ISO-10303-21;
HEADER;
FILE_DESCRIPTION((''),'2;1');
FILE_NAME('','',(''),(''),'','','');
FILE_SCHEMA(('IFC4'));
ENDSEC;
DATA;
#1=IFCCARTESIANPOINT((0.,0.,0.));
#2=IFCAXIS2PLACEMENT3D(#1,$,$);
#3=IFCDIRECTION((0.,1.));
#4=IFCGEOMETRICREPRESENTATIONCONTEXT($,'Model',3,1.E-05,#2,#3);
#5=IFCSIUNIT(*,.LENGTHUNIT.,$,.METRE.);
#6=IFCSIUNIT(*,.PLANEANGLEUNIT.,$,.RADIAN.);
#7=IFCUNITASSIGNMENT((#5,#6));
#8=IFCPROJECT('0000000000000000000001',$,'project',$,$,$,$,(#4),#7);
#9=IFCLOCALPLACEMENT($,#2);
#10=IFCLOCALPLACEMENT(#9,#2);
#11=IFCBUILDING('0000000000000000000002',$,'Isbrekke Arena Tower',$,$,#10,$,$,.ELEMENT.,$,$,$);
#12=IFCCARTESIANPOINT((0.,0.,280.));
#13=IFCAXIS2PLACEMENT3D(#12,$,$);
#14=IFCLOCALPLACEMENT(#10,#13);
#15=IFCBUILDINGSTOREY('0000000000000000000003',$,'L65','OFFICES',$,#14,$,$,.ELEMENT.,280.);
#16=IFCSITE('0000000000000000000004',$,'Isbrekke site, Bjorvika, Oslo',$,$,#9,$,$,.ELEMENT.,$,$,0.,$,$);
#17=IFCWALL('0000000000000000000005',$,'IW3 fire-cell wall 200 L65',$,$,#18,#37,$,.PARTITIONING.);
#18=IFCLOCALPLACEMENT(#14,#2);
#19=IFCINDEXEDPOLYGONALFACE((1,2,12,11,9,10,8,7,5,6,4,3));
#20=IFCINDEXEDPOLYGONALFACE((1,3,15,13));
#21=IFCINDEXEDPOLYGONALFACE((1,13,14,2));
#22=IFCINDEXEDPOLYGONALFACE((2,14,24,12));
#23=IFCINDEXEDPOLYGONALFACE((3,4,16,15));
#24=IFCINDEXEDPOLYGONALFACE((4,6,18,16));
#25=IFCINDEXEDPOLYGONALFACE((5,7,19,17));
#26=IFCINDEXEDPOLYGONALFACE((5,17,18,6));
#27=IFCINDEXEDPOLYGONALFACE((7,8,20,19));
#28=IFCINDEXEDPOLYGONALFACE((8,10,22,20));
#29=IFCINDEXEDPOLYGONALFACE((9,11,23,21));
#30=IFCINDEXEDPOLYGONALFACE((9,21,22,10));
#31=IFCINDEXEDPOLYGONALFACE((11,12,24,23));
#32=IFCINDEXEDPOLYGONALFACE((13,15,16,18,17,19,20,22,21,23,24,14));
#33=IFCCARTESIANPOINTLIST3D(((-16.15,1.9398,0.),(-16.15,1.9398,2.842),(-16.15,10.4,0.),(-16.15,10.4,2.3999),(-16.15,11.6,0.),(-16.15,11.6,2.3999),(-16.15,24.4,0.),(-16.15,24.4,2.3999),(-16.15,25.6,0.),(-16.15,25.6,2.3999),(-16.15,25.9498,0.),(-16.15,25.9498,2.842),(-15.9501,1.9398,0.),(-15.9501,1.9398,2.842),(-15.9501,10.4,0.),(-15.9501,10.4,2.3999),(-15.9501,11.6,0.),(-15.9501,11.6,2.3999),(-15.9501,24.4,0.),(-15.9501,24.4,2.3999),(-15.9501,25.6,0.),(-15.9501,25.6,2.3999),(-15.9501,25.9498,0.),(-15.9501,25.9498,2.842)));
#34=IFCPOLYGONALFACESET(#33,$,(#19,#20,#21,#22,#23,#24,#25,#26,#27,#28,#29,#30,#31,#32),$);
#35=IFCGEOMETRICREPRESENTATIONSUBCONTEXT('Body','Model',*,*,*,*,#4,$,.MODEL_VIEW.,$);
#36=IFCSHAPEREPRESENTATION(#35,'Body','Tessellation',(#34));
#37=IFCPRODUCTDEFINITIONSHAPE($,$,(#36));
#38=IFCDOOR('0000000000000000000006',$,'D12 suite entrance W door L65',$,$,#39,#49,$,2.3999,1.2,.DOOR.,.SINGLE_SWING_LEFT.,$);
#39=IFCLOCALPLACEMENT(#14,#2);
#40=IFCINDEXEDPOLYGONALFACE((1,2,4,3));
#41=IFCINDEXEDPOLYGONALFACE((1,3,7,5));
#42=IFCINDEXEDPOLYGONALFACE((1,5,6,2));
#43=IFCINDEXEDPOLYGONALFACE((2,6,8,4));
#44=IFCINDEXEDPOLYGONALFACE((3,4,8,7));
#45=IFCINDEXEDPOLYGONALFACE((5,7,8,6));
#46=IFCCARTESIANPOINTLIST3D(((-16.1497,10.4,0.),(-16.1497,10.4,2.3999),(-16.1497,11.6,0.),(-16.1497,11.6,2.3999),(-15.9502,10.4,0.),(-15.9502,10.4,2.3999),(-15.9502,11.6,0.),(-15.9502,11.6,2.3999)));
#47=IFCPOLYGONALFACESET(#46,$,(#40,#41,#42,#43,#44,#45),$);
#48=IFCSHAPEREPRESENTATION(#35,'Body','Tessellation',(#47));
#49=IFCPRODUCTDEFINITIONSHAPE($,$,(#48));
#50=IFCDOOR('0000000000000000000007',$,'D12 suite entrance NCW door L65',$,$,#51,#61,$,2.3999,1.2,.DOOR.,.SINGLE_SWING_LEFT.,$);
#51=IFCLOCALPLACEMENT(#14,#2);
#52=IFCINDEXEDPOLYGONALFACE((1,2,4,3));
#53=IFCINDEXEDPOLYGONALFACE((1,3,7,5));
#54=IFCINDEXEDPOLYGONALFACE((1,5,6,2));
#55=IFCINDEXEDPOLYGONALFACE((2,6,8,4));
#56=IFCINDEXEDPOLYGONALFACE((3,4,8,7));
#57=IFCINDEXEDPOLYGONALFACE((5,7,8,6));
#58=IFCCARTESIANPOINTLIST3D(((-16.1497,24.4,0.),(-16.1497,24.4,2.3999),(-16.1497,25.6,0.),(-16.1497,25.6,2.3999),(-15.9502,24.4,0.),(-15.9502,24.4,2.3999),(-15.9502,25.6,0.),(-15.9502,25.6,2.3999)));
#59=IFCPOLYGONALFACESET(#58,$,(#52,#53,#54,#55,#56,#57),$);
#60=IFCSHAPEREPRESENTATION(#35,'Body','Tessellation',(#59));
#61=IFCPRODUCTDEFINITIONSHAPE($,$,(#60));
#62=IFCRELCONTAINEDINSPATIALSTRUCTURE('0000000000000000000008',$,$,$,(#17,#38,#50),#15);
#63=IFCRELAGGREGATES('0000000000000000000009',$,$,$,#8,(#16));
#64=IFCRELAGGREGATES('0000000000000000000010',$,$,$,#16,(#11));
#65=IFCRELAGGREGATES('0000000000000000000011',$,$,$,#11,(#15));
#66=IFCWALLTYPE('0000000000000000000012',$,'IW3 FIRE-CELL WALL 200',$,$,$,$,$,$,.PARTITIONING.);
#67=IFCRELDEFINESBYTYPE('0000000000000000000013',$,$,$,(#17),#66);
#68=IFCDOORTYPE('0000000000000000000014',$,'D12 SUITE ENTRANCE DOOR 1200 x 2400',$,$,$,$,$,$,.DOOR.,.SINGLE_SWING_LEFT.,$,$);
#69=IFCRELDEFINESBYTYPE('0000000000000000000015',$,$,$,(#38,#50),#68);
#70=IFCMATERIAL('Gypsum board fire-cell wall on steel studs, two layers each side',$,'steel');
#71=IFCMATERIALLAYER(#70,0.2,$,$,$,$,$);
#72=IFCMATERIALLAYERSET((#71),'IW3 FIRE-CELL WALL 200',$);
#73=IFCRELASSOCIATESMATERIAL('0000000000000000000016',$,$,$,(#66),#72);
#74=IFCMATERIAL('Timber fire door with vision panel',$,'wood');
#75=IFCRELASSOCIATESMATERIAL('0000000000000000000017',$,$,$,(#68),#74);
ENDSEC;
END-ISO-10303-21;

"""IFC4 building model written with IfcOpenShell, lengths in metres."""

from ifc_helpers import new_model, si_unit, direction, frame, frame_2d, origin, place, context, subcontext, project, spatial, rectangle, extrude, material, layer, layer_set, type_object, element, fill, save


model = new_model("IFC4")

# Units and contexts
model_context = context("Model", 3, precision=1e-05, world=origin(), true_north=direction((0.0, 1.0)))
body_context = subcontext(model_context, "Body", "Model", "MODEL_VIEW")
ifc_project = project(units=[si_unit("LENGTHUNIT", "METRE"), si_unit("PLANEANGLEUNIT", "RADIAN")], contexts=[model_context])

# Site, building, storey
site_placement = place(None, origin())
site = spatial("IfcSite", under=ifc_project, at=site_placement, Name="Isbrekke site, Bjorvika, Oslo", CompositionType="ELEMENT", RefElevation=0.0)
building_placement = place(site_placement, origin())
building = spatial("IfcBuilding", under=site, at=building_placement, Name="Isbrekke Arena Tower", CompositionType="ELEMENT")
storey_placement = place(building_placement, frame((0.0, 0.0, 280.0)))
storey = spatial("IfcBuildingStorey", under=building, at=storey_placement, Name="L65", Description="OFFICES", CompositionType="ELEMENT", Elevation=280.0)

# Shared definitions
ifc_material_1 = material(Name="Gypsum board fire-cell wall on steel studs, two layers each side", Category="steel")
ifc_layer_1 = layer(ifc_material_1, 0.2)
ifc_layer_set_1 = layer_set([ifc_layer_1], Name="IW3 FIRE-CELL WALL 200")
wall_type_1 = type_object("IfcWallType", Name="IW3 FIRE-CELL WALL 200", PredefinedType="PARTITIONING", material=ifc_layer_set_1)

# Wall, openings, doors
wall_1_placement = place(storey_placement, frame((-16.05, 1.9399, 0.0), z_axis=(0.0, 0.0, 1.0), x_axis=(0.0, 1.0, 0.0)))
wall_1 = element("IfcWall", 1, at=wall_1_placement, inside=storey, type_object=wall_type_1, Name="IW3 fire-cell wall 200 L65", PredefinedType="PARTITIONING", context=body_context, shape_type="SweptSolid", body=[
    extrude(rectangle(XDim=24.01, YDim=0.2, at=frame_2d((12.0049, 0.0))), origin(), (0.0, 0.0, 1.0), 2.842),
])
opening_1_placement = place(wall_1_placement, frame((8.46, 0.0, 0.0)))
opening_1 = element("IfcOpeningElement", 2, at=opening_1_placement, cuts=wall_1, PredefinedType="OPENING", context=body_context, shape_type="SweptSolid", body=[
    extrude(rectangle(XDim=1.2, YDim=2.3999, at=frame_2d((0.6001, 1.2))), frame((0.0, 0.1147, 0.0), z_axis=(0.0, -1.0, 0.0), x_axis=(1.0, 0.0, 0.0)), (0.0, 0.0, 1.0), 0.2297),
])
opening_2_placement = place(wall_1_placement, frame((22.46, 0.0, 0.0)))
opening_2 = element("IfcOpeningElement", 3, at=opening_2_placement, cuts=wall_1, PredefinedType="OPENING", context=body_context, shape_type="SweptSolid", body=[
    extrude(rectangle(XDim=1.2, YDim=2.3999, at=frame_2d((0.6001, 1.2))), frame((0.0, 0.1147, 0.0), z_axis=(0.0, -1.0, 0.0), x_axis=(1.0, 0.0, 0.0)), (0.0, 0.0, 1.0), 0.2297),
])
ifc_material_2 = material(Name="Timber fire door with vision panel", Category="wood")
door_type_1 = type_object("IfcDoorType", Name="D12 SUITE ENTRANCE DOOR 1200 x 2400", OperationType="SINGLE_SWING_LEFT", PredefinedType="DOOR", material=ifc_material_2)
door_1_placement = place(opening_1_placement, origin())
door_1 = element("IfcDoor", 4, at=door_1_placement, inside=storey, type_object=door_type_1, Name="D12 suite entrance W door L65", OperationType="SINGLE_SWING_LEFT", OverallHeight=2.3999, OverallWidth=1.2, PredefinedType="DOOR", context=body_context, shape_type="SweptSolid", body=[
    extrude(rectangle(XDim=1.2, YDim=2.3999, at=frame_2d((0.6001, 1.2))), frame((0.0, 0.0996, 0.0), z_axis=(0.0, -1.0, 0.0), x_axis=(1.0, 0.0, 0.0)), (0.0, 0.0, 1.0), 0.1995),
])
fill(opening_1, door_1)
door_2_placement = place(opening_2_placement, origin())
door_2 = element("IfcDoor", 5, at=door_2_placement, inside=storey, type_object=door_type_1, Name="D12 suite entrance NCW door L65", OperationType="SINGLE_SWING_LEFT", OverallHeight=2.3999, OverallWidth=1.2, PredefinedType="DOOR", context=body_context, shape_type="SweptSolid", body=[
    extrude(rectangle(XDim=1.2, YDim=2.3999, at=frame_2d((0.6001, 1.2))), frame((0.0, 0.0996, 0.0), z_axis=(0.0, -1.0, 0.0), x_axis=(1.0, 0.0, 0.0)), (0.0, 0.0, 1.0), 0.1995),
])
fill(opening_2, door_2)

save(model, "model.ifc")
